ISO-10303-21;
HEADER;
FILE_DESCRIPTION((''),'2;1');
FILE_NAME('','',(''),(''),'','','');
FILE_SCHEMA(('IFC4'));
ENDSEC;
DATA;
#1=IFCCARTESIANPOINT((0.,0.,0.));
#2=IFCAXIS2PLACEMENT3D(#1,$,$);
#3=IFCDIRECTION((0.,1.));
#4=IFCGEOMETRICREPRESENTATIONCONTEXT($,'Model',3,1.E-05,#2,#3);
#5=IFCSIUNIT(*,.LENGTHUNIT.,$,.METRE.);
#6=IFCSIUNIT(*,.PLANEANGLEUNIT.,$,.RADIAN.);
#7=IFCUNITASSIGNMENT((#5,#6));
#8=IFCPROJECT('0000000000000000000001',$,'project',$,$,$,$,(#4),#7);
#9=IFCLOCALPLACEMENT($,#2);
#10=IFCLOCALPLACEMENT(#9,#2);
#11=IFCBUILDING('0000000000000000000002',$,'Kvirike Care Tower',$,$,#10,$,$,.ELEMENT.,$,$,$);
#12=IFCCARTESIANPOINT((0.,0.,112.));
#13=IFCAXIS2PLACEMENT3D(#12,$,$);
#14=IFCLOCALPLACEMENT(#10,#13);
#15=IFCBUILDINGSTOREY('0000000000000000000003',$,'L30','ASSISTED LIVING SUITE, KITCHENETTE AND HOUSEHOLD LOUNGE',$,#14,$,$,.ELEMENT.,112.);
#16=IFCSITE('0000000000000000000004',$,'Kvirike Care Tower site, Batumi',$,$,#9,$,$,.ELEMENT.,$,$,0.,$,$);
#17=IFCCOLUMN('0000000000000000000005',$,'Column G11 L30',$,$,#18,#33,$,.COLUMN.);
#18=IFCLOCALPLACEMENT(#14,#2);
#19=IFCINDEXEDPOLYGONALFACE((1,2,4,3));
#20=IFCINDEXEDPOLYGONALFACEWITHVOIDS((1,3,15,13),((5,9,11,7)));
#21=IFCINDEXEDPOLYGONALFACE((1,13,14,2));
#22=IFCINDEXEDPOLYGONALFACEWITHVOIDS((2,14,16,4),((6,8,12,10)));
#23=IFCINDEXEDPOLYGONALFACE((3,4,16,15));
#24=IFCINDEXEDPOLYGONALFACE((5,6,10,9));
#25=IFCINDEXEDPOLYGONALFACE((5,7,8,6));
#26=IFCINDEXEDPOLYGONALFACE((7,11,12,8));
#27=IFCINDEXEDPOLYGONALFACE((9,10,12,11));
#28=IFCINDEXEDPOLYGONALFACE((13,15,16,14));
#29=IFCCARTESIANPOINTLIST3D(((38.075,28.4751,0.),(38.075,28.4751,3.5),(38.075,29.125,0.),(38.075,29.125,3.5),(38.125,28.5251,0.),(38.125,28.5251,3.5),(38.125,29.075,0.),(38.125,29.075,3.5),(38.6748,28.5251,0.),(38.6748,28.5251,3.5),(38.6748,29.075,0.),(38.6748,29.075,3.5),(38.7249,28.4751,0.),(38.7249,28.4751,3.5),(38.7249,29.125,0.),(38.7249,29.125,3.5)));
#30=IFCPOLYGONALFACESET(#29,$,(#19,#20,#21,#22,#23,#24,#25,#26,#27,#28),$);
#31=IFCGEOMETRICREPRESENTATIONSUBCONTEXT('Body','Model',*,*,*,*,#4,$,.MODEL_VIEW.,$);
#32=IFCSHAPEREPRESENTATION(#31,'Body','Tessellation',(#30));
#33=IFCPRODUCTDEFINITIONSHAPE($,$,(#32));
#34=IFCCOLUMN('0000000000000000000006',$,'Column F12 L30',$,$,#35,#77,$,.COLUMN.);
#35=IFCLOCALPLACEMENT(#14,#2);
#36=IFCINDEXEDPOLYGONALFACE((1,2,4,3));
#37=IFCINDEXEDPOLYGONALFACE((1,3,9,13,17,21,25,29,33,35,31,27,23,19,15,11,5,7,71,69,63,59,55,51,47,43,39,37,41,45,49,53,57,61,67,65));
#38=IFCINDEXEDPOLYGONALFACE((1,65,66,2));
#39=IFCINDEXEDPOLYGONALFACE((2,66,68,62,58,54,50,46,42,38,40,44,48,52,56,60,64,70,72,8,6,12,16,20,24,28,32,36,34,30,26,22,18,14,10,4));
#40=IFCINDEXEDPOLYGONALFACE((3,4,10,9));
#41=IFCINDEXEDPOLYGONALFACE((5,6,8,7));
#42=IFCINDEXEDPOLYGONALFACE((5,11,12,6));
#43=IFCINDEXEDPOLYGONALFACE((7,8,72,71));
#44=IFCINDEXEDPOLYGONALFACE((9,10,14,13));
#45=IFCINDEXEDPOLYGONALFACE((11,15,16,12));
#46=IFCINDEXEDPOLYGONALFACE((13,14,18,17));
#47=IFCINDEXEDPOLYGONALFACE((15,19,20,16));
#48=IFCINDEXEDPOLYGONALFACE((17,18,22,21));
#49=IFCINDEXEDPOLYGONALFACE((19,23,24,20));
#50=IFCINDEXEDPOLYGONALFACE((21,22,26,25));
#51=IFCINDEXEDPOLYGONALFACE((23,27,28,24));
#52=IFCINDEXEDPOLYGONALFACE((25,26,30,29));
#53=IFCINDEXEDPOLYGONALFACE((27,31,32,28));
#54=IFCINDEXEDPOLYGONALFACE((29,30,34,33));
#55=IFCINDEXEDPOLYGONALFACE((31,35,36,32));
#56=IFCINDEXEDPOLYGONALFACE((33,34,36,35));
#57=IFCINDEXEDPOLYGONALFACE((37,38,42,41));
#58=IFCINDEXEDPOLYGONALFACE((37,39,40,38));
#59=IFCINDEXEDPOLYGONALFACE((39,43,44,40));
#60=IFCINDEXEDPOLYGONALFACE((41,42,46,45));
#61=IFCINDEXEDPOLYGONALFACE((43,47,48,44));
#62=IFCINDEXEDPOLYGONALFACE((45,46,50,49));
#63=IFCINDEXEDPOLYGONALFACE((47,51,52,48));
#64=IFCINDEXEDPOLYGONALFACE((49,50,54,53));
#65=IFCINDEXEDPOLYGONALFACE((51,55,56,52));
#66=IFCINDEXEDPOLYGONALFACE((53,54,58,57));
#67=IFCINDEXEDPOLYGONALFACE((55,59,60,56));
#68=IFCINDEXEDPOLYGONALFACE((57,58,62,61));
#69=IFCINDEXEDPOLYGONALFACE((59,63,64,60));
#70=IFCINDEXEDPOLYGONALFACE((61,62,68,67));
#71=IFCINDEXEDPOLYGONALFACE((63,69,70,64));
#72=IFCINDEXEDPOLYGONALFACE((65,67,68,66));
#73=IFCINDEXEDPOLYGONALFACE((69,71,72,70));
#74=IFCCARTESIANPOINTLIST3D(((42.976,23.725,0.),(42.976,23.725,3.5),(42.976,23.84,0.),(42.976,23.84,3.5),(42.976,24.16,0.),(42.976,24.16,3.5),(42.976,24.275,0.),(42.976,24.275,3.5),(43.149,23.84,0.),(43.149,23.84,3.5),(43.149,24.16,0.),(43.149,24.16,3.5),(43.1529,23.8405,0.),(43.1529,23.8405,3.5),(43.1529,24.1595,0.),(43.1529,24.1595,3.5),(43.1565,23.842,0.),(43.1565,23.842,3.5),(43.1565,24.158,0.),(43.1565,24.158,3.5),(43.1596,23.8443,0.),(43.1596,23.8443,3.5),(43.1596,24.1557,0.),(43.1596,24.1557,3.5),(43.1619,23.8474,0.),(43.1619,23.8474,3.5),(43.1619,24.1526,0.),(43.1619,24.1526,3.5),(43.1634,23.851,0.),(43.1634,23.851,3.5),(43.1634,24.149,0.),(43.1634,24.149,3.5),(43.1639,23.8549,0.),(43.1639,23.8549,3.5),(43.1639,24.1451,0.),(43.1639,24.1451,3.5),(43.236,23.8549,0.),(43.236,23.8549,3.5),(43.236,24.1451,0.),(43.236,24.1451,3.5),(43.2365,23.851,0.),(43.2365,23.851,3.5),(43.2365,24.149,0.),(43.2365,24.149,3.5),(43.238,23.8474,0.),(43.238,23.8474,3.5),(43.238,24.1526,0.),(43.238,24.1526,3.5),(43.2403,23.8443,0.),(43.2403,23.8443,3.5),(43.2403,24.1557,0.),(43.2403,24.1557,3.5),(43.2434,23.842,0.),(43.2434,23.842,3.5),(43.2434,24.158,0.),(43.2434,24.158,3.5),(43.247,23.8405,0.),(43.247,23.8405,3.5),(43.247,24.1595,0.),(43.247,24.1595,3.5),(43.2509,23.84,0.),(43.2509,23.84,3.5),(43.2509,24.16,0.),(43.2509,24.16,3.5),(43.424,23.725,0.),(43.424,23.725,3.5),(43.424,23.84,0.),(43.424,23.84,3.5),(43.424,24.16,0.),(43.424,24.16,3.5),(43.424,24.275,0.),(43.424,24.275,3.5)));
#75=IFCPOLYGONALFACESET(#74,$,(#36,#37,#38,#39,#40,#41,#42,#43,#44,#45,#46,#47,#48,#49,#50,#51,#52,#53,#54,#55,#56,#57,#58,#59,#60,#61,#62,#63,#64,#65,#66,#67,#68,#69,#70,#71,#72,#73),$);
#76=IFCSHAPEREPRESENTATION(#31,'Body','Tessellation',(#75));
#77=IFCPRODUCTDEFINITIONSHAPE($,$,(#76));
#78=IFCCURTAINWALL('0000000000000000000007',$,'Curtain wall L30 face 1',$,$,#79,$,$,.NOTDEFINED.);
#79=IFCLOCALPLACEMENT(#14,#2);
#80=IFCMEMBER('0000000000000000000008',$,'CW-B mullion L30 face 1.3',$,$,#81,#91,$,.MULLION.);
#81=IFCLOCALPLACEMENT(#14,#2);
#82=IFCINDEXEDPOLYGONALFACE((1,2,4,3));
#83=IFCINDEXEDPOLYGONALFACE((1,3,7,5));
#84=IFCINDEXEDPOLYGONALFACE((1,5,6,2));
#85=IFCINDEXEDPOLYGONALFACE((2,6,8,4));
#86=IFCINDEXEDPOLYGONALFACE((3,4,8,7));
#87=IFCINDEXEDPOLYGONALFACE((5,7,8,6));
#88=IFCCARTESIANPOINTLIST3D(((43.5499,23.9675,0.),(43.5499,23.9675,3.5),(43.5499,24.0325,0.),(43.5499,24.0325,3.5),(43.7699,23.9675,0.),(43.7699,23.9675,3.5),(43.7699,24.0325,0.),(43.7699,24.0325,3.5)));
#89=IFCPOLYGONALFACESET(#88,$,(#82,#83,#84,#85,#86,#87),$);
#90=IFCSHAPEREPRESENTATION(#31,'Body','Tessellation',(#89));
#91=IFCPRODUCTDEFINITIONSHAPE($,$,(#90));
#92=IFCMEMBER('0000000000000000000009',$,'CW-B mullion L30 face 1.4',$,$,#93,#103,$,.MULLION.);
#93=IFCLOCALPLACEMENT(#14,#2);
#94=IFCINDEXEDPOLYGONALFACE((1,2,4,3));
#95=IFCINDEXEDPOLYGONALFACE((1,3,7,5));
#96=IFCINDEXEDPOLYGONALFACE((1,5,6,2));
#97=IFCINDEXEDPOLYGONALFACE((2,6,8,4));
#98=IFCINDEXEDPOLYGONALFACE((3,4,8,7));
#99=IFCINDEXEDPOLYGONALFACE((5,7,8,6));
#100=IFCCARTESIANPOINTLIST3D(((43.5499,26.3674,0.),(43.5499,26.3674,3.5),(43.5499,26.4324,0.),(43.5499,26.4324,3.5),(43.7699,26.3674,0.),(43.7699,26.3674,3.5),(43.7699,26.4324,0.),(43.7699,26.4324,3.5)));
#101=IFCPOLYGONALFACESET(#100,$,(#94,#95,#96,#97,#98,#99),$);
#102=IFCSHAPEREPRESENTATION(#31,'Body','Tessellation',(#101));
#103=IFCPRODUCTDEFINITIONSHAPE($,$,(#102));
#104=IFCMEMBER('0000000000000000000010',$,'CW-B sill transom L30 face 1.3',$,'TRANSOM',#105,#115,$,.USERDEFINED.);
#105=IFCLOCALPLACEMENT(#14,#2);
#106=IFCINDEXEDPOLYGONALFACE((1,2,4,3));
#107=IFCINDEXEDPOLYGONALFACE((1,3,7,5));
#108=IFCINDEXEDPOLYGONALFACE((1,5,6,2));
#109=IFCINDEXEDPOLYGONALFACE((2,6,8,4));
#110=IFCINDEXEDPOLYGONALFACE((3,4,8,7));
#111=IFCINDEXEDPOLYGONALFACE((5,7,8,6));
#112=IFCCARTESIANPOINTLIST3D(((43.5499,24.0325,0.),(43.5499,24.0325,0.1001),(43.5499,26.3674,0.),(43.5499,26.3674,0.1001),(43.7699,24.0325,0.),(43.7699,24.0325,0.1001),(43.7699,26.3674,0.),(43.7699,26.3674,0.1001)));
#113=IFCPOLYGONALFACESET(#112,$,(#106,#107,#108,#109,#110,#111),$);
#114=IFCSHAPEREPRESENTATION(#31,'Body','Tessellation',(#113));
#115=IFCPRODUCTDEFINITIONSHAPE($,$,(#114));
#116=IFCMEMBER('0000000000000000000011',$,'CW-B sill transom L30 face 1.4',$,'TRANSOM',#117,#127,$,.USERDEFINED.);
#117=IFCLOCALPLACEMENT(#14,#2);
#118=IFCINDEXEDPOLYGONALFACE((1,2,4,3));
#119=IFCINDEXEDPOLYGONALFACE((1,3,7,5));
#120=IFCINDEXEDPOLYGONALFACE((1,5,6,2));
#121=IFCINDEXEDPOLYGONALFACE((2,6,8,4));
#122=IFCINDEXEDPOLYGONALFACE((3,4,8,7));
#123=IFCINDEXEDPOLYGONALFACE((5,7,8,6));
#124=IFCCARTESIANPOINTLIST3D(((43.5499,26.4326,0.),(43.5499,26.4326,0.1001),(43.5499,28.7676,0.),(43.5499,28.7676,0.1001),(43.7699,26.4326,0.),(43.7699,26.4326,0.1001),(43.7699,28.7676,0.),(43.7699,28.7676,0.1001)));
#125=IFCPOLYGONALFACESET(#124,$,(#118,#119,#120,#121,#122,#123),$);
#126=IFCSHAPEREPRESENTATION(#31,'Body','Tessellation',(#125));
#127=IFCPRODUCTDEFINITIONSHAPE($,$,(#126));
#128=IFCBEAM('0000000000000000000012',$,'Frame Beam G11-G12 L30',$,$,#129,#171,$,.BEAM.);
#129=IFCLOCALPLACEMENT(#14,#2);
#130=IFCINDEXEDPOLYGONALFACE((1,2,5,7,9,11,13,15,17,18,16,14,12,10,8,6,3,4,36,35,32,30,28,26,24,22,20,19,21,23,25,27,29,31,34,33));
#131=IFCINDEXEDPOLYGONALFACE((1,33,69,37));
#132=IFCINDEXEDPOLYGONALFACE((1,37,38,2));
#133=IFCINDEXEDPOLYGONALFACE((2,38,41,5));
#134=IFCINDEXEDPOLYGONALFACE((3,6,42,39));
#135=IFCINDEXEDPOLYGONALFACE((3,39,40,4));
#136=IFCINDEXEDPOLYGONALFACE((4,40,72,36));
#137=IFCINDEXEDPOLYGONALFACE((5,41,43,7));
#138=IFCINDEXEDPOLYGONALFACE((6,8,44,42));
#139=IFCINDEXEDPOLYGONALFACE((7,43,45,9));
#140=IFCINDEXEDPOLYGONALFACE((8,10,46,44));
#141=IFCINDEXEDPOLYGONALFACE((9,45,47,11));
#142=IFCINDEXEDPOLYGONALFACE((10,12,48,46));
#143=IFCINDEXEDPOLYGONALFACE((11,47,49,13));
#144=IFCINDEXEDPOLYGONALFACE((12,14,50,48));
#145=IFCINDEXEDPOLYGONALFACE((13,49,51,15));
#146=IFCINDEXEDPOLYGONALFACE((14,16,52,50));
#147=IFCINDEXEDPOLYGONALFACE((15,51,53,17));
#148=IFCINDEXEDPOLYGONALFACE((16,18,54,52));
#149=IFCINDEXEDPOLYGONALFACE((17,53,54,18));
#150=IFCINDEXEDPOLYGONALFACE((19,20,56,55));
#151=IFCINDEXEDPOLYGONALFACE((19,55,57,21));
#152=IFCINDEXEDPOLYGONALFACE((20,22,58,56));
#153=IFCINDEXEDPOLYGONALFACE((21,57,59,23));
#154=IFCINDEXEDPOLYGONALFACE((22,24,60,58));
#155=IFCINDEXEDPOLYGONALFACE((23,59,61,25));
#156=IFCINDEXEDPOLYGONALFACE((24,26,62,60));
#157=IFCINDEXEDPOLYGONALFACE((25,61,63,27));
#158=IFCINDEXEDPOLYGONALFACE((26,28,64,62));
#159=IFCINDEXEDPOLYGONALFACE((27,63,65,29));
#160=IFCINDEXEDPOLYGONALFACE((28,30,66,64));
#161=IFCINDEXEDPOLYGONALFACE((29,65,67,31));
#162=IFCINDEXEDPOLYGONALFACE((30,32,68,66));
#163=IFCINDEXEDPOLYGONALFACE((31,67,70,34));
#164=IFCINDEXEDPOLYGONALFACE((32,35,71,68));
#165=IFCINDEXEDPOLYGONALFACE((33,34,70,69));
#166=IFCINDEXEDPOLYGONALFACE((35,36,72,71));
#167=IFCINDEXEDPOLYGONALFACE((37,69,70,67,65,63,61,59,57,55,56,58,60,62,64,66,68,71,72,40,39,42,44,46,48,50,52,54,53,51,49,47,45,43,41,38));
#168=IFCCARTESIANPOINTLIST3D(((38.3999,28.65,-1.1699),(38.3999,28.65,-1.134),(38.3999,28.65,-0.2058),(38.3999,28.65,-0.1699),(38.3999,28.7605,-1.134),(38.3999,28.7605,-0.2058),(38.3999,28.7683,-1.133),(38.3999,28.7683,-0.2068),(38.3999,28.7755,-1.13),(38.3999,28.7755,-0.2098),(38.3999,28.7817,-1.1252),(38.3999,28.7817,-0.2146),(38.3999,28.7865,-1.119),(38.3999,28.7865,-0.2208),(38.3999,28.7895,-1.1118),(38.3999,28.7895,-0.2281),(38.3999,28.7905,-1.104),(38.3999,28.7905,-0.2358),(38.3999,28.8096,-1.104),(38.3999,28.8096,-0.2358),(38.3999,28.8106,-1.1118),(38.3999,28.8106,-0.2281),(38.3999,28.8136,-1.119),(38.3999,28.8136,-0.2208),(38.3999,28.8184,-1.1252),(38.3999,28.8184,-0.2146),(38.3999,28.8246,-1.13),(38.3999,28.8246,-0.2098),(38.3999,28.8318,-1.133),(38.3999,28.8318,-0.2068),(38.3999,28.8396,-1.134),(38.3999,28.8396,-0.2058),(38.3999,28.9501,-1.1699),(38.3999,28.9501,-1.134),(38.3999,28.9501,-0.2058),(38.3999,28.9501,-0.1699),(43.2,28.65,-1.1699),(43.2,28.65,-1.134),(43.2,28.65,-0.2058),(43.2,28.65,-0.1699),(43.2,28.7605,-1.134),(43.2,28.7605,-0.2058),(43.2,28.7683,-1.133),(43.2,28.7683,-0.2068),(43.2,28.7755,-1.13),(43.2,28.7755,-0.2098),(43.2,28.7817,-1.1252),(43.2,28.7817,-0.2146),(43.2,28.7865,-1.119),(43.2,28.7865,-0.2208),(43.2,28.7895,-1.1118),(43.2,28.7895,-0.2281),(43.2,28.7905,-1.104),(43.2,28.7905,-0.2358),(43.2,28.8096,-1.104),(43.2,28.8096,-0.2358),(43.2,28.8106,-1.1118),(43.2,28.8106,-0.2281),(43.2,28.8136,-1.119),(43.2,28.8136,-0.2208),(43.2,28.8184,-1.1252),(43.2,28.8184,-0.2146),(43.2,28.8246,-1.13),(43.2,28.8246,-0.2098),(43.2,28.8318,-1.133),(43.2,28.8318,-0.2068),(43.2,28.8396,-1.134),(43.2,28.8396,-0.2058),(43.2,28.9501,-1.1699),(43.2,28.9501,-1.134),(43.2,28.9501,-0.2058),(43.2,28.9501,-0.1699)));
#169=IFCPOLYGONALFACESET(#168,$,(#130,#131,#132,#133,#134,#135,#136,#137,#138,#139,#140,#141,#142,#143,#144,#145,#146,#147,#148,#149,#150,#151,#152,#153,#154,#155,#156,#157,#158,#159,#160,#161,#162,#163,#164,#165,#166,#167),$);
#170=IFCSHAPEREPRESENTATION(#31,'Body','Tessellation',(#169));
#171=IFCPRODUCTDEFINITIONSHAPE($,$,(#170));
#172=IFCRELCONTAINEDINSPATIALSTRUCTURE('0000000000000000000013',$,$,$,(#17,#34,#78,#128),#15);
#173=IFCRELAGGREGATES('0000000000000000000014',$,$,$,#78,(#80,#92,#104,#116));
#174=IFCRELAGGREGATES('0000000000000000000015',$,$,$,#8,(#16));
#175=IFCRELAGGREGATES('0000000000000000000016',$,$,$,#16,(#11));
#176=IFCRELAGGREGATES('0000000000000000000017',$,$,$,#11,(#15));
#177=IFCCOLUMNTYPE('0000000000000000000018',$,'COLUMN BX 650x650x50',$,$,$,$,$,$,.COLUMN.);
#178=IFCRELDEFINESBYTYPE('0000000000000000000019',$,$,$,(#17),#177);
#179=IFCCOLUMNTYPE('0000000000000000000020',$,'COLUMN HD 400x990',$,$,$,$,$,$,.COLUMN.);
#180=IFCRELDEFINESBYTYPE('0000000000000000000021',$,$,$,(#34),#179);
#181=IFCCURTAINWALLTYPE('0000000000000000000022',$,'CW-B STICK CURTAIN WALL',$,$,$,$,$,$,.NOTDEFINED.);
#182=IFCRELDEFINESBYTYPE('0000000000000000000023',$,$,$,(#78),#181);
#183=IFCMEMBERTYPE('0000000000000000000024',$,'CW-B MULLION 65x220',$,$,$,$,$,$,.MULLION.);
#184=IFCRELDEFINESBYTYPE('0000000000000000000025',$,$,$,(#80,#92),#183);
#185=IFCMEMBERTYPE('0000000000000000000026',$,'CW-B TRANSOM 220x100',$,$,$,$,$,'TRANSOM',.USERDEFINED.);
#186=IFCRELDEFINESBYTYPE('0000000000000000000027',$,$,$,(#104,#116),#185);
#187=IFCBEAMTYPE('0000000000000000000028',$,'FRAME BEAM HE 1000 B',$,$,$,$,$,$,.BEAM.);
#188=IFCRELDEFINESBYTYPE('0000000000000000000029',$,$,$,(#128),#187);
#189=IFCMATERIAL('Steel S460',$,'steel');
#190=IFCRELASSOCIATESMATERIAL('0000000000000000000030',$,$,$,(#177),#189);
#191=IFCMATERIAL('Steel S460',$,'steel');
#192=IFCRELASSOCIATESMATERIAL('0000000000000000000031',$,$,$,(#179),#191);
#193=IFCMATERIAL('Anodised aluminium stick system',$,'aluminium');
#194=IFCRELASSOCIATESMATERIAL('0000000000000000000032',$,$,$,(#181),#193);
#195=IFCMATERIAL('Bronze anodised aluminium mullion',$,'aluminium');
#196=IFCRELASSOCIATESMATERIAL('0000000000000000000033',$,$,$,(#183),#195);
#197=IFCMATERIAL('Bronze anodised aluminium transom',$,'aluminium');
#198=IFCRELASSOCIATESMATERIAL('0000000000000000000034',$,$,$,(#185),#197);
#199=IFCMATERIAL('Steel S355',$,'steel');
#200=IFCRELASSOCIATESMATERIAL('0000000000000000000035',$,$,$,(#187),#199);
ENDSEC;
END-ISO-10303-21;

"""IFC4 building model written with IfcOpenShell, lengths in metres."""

from ifc_helpers import new_model, si_unit, direction, frame, origin, origin_2d, place, context, subcontext, project, spatial, rectangle, hollow_rectangle, i_section, extrude, material, material_profile, profile_set, type_object, element, aggregate, save


model = new_model("IFC4")

# Units and contexts
model_context = context("Model", 3, precision=1e-05, world=origin(), true_north=direction((0.0, 1.0)))
body_context = subcontext(model_context, "Body", "Model", "MODEL_VIEW")
ifc_project = project(units=[si_unit("LENGTHUNIT", "METRE"), si_unit("PLANEANGLEUNIT", "RADIAN")], contexts=[model_context])

# Site, building, storey
site_placement = place(None, origin())
site = spatial("IfcSite", under=ifc_project, at=site_placement, Name="Kvirike Care Tower site, Batumi", CompositionType="ELEMENT", RefElevation=0.0)
building_placement = place(site_placement, origin())
building = spatial("IfcBuilding", under=site, at=building_placement, Name="Kvirike Care Tower", CompositionType="ELEMENT")
storey_placement = place(building_placement, frame((0.0, 0.0, 112.0)))
storey = spatial("IfcBuildingStorey", under=building, at=storey_placement, Name="L30", Description="ASSISTED LIVING SUITE, KITCHENETTE AND HOUSEHOLD LOUNGE", CompositionType="ELEMENT", Elevation=112.0)

# Columns
ifc_material_1 = material(Name="Steel S460", Category="steel")
ifc_material_profile_1 = material_profile(ifc_material_1, hollow_rectangle(XDim=0.6499, YDim=0.6499, WallThickness=0.05, at=origin_2d()), Name="BX 650x650x50")
ifc_profile_set_1 = profile_set([ifc_material_profile_1], Name="Steel S460")
column_type_1 = type_object("IfcColumnType", Name="COLUMN BX 650x650x50", PredefinedType="COLUMN", material=ifc_profile_set_1)
column_1_placement = place(storey_placement, frame((38.3999, 28.8, 0.0), z_axis=(0.0, 0.0, 1.0), x_axis=(0.0, 1.0, 0.0)))
element("IfcColumn", 1, at=column_1_placement, inside=storey, type_object=column_type_1, Name="Column G11 L30", PredefinedType="COLUMN", context=body_context, shape_type="SweptSolid", body=[
    extrude(hollow_rectangle(XDim=0.6499, YDim=0.6499, WallThickness=0.05, at=origin_2d()), origin(), (0.0, 0.0, 1.0), 3.5),
])
ifc_material_2 = material(Name="Steel S460", Category="steel")
ifc_material_profile_2 = material_profile(ifc_material_2, i_section(OverallWidth=0.448, OverallDepth=0.55, WebThickness=0.072, FlangeThickness=0.115, FilletRadius=0.0149, at=origin_2d()), Name="HD 400x990")
ifc_profile_set_2 = profile_set([ifc_material_profile_2], Name="Steel S460")
column_type_2 = type_object("IfcColumnType", Name="COLUMN HD 400x990", PredefinedType="COLUMN", material=ifc_profile_set_2)
column_2_placement = place(storey_placement, frame((43.2, 24.0, 0.0), z_axis=(0.0, 0.0, 1.0), x_axis=(1.0, 0.0, 0.0)))
element("IfcColumn", 2, at=column_2_placement, inside=storey, type_object=column_type_2, Name="Column F12 L30", PredefinedType="COLUMN", context=body_context, shape_type="SweptSolid", body=[
    extrude(i_section(OverallWidth=0.448, OverallDepth=0.55, WebThickness=0.072, FlangeThickness=0.115, FilletRadius=0.0149, at=origin_2d()), origin(), (0.0, 0.0, 1.0), 3.5),
])

# Curtain wall, members
ifc_material_3 = material(Name="Anodised aluminium stick system", Category="aluminium")
curtain_wall_type = type_object("IfcCurtainWallType", Name="CW-B STICK CURTAIN WALL", PredefinedType="NOTDEFINED", material=ifc_material_3)
curtain_wall_placement = place(storey_placement, origin())
curtain_wall = element("IfcCurtainWall", 3, at=curtain_wall_placement, inside=storey, type_object=curtain_wall_type, Name="Curtain wall L30 face 1", PredefinedType="NOTDEFINED")
ifc_material_4 = material(Name="Bronze anodised aluminium mullion", Category="aluminium")
ifc_material_profile_3 = material_profile(ifc_material_4, rectangle(XDim=0.0649, YDim=0.22, at=origin_2d()), Name="CW-B MULLION 65x220")
ifc_profile_set_3 = profile_set([ifc_material_profile_3], Name="Bronze anodised aluminium mullion")
member_type_1 = type_object("IfcMemberType", Name="CW-B MULLION 65x220", PredefinedType="MULLION", material=ifc_profile_set_3)
member_1_placement = place(storey_placement, frame((43.6599, 24.0, 0.0), z_axis=(0.0, 0.0, 1.0), x_axis=(0.0, 1.0, 0.0)))
member_1 = element("IfcMember", 4, at=member_1_placement, type_object=member_type_1, Name="CW-B mullion L30 face 1.3", PredefinedType="MULLION", context=body_context, shape_type="SweptSolid", body=[
    extrude(rectangle(XDim=0.0649, YDim=0.22, at=origin_2d()), origin(), (0.0, 0.0, 1.0), 3.5),
])
member_2_placement = place(storey_placement, frame((43.6599, 26.3999, 0.0), z_axis=(0.0, 0.0, 1.0), x_axis=(0.0, 1.0, 0.0)))
member_2 = element("IfcMember", 5, at=member_2_placement, type_object=member_type_1, Name="CW-B mullion L30 face 1.4", PredefinedType="MULLION", context=body_context, shape_type="SweptSolid", body=[
    extrude(rectangle(XDim=0.0649, YDim=0.22, at=origin_2d()), origin(), (0.0, 0.0, 1.0), 3.5),
])
ifc_material_5 = material(Name="Bronze anodised aluminium transom", Category="aluminium")
ifc_material_profile_4 = material_profile(ifc_material_5, rectangle(XDim=0.22, YDim=0.1001, at=origin_2d()), Name="CW-B TRANSOM 220x100")
ifc_profile_set_4 = profile_set([ifc_material_profile_4], Name="Bronze anodised aluminium transom")
member_type_2 = type_object("IfcMemberType", Name="CW-B TRANSOM 220x100", ElementType="TRANSOM", PredefinedType="USERDEFINED", material=ifc_profile_set_4)
member_3_placement = place(storey_placement, frame((43.6599, 24.0325, 0.05), z_axis=(0.0, 1.0, 0.0), x_axis=(-1.0, 0.0, 0.0)))
member_3 = element("IfcMember", 6, at=member_3_placement, type_object=member_type_2, Name="CW-B sill transom L30 face 1.3", ObjectType="TRANSOM", PredefinedType="USERDEFINED", context=body_context, shape_type="SweptSolid", body=[
    extrude(rectangle(XDim=0.22, YDim=0.1001, at=origin_2d()), origin(), (0.0, 0.0, 1.0), 2.335),
])
member_4_placement = place(storey_placement, frame((43.6599, 26.4326, 0.05), z_axis=(0.0, 1.0, 0.0), x_axis=(-1.0, 0.0, 0.0)))
member_4 = element("IfcMember", 7, at=member_4_placement, type_object=member_type_2, Name="CW-B sill transom L30 face 1.4", ObjectType="TRANSOM", PredefinedType="USERDEFINED", context=body_context, shape_type="SweptSolid", body=[
    extrude(rectangle(XDim=0.22, YDim=0.1001, at=origin_2d()), origin(), (0.0, 0.0, 1.0), 2.335),
])

# Beam
ifc_material_6 = material(Name="Steel S355", Category="steel")
ifc_material_profile_5 = material_profile(ifc_material_6, i_section(OverallWidth=0.3, OverallDepth=1.0, WebThickness=0.019, FlangeThickness=0.0359, FilletRadius=0.03, at=origin_2d()), Name="HE 1000 B")
ifc_profile_set_5 = profile_set([ifc_material_profile_5], Name="Steel S355")
beam_type_1 = type_object("IfcBeamType", Name="FRAME BEAM HE 1000 B", PredefinedType="BEAM", material=ifc_profile_set_5)
beam_1_placement = place(storey_placement, frame((38.3999, 28.8, -0.6699), z_axis=(1.0, 0.0, 0.0), x_axis=(0.0, 1.0, 0.0)))
element("IfcBeam", 8, at=beam_1_placement, inside=storey, type_object=beam_type_1, Name="Frame Beam G11-G12 L30", PredefinedType="BEAM", context=body_context, shape_type="SweptSolid", body=[
    extrude(i_section(OverallWidth=0.3, OverallDepth=1.0, WebThickness=0.019, FlangeThickness=0.0359, FilletRadius=0.03, at=origin_2d()), origin(), (0.0, 0.0, 1.0), 4.8),
])

aggregate(curtain_wall, [member_1, member_2, member_3, member_4])

save(model, "model.ifc")
